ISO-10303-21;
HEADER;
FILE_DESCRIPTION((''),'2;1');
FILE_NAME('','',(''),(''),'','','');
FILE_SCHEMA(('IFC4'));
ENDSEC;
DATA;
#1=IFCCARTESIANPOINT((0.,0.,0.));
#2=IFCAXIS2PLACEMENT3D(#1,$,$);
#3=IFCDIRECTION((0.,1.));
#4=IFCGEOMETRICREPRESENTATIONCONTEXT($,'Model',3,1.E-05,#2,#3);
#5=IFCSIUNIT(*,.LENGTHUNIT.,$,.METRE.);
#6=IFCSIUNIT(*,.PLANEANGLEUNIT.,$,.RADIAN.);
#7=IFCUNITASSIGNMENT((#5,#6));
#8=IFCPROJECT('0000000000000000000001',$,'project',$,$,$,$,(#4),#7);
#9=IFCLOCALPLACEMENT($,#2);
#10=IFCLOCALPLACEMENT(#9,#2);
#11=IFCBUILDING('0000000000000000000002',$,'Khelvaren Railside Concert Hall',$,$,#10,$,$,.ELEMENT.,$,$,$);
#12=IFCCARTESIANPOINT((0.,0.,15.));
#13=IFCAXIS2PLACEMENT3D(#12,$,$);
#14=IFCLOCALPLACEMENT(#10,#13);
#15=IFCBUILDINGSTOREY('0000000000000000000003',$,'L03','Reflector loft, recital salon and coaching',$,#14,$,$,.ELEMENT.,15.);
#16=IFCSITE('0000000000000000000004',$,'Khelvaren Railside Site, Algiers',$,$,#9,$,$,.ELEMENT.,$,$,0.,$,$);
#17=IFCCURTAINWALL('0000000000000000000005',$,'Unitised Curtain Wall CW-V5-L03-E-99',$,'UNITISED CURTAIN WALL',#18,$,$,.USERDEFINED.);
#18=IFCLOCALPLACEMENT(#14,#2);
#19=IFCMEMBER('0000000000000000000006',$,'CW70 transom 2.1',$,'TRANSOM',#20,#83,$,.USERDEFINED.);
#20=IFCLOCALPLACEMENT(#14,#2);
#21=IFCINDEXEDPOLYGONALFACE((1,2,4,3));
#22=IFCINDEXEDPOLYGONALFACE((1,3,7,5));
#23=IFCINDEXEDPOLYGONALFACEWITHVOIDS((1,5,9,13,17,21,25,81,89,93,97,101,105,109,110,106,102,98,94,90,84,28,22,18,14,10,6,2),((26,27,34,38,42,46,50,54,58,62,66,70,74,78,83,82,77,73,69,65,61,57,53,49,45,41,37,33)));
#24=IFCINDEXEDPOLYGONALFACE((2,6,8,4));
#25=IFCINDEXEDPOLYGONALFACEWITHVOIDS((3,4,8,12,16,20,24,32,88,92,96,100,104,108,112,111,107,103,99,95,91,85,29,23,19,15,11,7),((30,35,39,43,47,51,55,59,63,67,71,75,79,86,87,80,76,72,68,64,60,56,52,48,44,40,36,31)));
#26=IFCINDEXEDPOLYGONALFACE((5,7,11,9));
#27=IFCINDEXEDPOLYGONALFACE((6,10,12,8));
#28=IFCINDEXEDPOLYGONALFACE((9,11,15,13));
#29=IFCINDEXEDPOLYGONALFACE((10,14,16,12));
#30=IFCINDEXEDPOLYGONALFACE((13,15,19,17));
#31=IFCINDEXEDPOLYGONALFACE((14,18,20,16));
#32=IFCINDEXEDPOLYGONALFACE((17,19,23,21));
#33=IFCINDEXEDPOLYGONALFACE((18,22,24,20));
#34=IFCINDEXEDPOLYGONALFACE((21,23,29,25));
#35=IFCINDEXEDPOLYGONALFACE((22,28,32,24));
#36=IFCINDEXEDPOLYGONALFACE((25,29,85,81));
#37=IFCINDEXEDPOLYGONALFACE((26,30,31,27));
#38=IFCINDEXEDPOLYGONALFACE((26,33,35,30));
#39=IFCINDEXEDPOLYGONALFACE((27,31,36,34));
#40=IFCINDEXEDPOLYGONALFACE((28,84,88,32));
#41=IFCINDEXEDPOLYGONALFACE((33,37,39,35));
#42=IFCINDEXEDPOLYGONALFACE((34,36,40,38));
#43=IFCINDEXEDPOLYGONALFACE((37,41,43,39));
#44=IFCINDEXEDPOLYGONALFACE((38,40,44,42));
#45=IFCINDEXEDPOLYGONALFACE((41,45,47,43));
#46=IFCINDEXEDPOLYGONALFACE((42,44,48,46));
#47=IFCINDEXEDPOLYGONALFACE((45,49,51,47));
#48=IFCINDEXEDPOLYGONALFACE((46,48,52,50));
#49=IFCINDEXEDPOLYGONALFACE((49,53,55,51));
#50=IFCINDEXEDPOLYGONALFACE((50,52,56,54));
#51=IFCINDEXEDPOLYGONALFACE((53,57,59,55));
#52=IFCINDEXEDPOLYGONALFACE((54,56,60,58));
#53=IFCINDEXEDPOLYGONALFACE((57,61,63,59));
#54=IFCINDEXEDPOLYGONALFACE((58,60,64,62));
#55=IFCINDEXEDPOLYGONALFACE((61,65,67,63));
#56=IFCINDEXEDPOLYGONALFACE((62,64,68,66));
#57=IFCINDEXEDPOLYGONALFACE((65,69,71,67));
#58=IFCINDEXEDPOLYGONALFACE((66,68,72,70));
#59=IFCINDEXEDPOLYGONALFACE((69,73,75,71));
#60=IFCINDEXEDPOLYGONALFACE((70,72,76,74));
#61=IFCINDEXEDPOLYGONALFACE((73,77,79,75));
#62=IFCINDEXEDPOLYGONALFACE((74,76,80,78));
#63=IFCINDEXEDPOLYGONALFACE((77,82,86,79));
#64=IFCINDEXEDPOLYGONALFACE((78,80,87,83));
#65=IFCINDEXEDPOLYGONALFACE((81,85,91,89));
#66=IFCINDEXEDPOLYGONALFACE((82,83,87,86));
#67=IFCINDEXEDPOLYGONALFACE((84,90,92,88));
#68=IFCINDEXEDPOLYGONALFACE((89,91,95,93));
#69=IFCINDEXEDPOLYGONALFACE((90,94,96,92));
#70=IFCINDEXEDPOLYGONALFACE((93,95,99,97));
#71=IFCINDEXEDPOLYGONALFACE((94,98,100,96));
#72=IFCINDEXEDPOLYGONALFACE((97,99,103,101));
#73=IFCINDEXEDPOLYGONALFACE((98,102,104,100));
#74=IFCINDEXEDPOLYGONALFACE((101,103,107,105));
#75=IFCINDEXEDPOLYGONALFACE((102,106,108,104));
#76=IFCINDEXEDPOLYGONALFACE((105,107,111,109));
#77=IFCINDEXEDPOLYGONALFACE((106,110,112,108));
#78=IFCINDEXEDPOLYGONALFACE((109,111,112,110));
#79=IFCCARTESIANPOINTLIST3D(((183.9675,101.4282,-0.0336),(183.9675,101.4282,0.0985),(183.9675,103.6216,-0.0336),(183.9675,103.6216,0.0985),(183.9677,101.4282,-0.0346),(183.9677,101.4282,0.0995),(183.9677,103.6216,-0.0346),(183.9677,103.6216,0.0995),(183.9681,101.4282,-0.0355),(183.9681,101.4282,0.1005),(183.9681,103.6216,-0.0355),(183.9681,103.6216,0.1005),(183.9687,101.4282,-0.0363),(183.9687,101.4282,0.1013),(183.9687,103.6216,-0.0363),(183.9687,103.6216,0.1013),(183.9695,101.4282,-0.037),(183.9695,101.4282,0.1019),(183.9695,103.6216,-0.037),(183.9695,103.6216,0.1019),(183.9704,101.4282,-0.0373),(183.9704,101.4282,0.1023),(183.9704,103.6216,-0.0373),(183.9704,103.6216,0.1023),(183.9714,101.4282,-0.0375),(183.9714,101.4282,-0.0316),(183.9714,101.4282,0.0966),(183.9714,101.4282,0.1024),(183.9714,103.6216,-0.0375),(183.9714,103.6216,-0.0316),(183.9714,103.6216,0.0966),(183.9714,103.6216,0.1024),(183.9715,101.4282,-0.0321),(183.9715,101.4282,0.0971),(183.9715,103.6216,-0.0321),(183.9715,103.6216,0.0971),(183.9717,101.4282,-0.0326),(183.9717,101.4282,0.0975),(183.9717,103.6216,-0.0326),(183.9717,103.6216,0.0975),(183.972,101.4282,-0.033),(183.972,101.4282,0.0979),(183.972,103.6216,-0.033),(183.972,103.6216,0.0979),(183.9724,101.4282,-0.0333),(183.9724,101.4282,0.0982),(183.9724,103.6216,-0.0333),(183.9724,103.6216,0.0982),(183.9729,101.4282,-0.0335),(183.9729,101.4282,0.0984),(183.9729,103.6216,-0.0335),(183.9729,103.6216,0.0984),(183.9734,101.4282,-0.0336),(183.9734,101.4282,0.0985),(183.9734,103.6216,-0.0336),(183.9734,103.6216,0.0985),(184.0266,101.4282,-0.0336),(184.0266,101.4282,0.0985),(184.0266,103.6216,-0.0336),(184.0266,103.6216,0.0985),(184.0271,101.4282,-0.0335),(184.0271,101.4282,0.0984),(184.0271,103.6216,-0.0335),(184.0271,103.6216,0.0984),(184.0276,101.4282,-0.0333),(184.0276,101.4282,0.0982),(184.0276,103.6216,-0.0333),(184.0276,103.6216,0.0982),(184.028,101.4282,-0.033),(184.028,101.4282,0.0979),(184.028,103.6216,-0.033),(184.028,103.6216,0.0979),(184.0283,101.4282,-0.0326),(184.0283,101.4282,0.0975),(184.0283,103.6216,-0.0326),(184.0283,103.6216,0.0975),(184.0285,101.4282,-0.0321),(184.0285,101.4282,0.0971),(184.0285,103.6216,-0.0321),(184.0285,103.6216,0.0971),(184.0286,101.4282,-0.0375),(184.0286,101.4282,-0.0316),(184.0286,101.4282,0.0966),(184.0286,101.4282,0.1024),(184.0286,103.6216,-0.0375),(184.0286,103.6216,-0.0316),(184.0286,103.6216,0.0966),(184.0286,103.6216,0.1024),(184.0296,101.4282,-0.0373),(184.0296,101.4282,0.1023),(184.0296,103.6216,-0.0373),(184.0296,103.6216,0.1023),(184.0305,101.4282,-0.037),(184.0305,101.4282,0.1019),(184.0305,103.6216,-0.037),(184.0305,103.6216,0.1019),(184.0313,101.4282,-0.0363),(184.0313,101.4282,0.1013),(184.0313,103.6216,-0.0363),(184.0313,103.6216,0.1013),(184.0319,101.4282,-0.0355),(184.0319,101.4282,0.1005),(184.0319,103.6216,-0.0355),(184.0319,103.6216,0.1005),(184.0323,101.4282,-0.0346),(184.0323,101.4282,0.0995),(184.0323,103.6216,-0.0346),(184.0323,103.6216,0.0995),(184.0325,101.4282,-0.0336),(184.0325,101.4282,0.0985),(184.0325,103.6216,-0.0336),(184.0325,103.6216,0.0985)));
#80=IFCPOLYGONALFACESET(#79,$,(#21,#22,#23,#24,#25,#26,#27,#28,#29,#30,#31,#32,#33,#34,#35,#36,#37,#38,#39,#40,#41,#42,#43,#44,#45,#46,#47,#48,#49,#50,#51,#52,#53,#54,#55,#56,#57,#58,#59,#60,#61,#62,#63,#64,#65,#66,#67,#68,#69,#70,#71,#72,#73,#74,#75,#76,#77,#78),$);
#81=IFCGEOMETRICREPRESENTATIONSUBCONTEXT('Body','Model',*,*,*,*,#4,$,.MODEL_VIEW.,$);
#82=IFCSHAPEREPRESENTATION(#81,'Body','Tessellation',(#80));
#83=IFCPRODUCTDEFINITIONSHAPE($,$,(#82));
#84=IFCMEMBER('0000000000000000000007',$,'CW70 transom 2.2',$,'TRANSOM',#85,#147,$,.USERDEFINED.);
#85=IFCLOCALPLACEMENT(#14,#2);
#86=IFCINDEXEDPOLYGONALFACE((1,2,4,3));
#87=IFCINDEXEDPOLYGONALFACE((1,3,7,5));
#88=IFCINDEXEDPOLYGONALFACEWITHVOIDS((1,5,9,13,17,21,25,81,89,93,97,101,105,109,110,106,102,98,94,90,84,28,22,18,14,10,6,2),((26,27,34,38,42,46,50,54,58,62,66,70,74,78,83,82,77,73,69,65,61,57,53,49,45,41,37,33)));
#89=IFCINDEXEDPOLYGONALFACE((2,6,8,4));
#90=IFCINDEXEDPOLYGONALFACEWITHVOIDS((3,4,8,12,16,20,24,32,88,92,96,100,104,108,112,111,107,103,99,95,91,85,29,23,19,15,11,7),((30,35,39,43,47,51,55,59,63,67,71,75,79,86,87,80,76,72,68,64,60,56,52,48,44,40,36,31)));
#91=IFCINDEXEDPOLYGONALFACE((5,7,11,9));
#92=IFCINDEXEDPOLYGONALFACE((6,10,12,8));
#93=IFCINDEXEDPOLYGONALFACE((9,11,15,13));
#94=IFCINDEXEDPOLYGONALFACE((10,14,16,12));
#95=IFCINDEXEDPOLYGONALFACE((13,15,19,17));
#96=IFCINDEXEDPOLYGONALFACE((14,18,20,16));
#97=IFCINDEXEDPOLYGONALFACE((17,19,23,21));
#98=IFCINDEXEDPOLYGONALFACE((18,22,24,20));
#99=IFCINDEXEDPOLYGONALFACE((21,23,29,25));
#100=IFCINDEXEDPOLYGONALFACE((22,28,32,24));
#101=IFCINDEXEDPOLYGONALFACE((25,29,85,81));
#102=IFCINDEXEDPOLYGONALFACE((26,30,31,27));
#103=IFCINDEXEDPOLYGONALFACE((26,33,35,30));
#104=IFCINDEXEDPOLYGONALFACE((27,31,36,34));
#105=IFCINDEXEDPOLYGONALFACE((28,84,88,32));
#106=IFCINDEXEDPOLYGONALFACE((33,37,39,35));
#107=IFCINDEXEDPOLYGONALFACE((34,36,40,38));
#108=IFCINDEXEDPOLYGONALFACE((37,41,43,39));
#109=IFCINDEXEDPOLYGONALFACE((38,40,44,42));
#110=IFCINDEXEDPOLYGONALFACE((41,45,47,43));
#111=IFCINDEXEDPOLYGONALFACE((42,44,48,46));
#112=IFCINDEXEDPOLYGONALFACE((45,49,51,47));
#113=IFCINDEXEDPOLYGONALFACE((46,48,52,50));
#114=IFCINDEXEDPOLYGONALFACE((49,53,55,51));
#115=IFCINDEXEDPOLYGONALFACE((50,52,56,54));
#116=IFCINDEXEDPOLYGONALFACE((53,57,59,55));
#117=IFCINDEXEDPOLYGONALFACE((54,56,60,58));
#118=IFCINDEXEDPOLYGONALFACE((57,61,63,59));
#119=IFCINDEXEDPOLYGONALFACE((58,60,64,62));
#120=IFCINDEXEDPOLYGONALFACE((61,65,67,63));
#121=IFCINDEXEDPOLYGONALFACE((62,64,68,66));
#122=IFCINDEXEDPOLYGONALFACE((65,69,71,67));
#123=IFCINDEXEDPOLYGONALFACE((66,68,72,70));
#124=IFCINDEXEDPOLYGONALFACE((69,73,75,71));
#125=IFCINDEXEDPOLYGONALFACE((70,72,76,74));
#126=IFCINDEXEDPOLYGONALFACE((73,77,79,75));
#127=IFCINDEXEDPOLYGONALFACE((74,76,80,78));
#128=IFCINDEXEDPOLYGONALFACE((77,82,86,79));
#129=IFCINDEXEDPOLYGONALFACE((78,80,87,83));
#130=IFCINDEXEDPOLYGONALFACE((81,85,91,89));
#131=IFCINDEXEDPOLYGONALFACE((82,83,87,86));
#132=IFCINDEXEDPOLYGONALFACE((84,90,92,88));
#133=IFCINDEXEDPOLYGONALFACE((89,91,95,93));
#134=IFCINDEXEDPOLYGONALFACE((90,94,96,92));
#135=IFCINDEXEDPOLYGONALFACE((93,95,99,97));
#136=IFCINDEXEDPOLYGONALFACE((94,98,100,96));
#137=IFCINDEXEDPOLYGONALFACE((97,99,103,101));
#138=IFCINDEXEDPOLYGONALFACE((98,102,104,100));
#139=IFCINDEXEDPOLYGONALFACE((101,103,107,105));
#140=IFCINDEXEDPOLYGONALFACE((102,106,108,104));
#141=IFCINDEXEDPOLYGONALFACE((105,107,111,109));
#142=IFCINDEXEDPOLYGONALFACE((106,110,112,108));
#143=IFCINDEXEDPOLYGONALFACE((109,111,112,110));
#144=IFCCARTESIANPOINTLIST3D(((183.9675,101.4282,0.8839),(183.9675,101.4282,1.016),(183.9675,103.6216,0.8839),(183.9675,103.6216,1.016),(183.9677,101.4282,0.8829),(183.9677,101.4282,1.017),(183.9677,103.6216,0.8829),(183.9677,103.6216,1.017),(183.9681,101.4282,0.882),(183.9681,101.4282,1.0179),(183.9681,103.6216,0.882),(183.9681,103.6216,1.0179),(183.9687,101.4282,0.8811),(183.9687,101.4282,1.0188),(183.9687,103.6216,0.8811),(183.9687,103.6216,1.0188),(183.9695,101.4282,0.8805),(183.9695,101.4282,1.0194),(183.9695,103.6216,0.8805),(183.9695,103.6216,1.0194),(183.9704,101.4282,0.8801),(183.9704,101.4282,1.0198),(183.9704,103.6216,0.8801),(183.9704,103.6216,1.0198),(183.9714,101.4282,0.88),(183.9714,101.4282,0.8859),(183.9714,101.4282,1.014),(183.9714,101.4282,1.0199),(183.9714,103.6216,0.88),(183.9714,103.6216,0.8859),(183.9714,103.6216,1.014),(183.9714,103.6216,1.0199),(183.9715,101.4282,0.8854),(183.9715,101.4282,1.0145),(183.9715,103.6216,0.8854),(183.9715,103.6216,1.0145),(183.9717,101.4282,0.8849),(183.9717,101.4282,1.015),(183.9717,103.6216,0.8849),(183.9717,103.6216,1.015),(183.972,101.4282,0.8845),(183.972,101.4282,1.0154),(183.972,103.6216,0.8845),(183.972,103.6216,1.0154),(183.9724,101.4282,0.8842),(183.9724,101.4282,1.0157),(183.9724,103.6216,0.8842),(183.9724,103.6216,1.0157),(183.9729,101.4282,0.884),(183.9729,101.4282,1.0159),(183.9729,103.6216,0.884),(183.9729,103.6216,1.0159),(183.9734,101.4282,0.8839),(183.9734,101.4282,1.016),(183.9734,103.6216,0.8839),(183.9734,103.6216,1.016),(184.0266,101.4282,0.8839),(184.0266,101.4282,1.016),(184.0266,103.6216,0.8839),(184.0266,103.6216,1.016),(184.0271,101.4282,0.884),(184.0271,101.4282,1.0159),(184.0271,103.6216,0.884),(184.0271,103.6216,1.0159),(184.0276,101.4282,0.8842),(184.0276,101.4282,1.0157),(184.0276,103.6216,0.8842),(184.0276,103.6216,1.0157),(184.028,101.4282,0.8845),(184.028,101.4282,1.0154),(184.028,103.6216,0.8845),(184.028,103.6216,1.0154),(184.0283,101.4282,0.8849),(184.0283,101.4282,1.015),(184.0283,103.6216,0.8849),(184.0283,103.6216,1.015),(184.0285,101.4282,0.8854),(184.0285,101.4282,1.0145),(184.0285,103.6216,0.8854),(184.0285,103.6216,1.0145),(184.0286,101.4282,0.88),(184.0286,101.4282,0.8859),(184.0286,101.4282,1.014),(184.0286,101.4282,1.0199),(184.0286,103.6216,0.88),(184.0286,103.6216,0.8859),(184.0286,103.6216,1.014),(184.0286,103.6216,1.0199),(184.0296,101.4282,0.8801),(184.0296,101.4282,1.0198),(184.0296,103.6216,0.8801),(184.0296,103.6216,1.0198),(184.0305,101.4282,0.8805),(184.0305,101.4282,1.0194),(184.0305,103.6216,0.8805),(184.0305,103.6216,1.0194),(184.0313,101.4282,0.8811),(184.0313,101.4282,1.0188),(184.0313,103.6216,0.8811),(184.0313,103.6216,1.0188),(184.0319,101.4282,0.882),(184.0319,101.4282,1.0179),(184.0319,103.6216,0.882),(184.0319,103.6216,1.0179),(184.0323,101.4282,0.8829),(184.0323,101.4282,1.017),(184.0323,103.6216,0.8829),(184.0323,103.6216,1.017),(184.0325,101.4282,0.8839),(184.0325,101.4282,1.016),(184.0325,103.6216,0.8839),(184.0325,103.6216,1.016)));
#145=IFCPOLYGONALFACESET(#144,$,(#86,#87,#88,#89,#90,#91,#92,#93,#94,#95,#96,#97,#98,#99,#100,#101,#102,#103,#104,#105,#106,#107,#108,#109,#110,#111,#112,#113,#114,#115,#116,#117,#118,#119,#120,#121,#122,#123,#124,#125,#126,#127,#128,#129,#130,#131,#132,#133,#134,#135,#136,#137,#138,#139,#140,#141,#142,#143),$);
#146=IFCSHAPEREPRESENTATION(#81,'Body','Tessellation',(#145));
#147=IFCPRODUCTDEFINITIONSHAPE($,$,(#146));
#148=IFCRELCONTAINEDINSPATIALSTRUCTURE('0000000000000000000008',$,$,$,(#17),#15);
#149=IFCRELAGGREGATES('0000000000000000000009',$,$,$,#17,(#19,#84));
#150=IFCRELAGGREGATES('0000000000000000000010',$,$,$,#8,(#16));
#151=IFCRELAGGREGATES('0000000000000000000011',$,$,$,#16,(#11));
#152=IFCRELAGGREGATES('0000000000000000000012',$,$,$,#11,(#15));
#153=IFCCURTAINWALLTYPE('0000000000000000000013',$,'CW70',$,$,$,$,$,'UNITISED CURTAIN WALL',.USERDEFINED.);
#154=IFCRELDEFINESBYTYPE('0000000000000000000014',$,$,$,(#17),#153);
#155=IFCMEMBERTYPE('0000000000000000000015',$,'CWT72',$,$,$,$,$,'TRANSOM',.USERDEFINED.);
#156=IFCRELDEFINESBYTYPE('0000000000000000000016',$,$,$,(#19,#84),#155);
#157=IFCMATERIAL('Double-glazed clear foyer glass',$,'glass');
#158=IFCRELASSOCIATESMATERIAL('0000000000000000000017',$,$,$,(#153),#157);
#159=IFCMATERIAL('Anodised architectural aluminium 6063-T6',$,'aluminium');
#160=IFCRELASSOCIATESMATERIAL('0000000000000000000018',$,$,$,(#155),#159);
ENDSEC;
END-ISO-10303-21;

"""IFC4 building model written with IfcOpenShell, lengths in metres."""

from ifc_helpers import new_model, si_unit, direction, frame, origin, origin_2d, place, context, subcontext, project, spatial, hollow_rectangle, extrude, material, material_profile, profile_set, type_object, element, aggregate, save


model = new_model("IFC4")

# Units and contexts
model_context = context("Model", 3, precision=1e-05, world=origin(), true_north=direction((0.0, 1.0)))
body_context = subcontext(model_context, "Body", "Model", "MODEL_VIEW")
ifc_project = project(units=[si_unit("LENGTHUNIT", "METRE"), si_unit("PLANEANGLEUNIT", "RADIAN")], contexts=[model_context])

# Site, building, storey
site_placement = place(None, origin())
site = spatial("IfcSite", under=ifc_project, at=site_placement, Name="Khelvaren Railside Site, Algiers", CompositionType="ELEMENT", RefElevation=0.0)
building_placement = place(site_placement, origin())
building = spatial("IfcBuilding", under=site, at=building_placement, Name="Khelvaren Railside Concert Hall", CompositionType="ELEMENT")
storey_placement = place(building_placement, frame((0.0, 0.0, 15.0)))
storey = spatial("IfcBuildingStorey", under=building, at=storey_placement, Name="L03", Description="Reflector loft, recital salon and coaching", CompositionType="ELEMENT", Elevation=15.0)

# Curtain wall
ifc_material_1 = material(Name="Double-glazed clear foyer glass", Category="glass")
curtain_wall_type_1 = type_object("IfcCurtainWallType", Name="CW70", ElementType="UNITISED CURTAIN WALL", PredefinedType="USERDEFINED", material=ifc_material_1)
curtain_wall_1_placement = place(storey_placement, origin())
curtain_wall_1 = element("IfcCurtainWall", 1, at=curtain_wall_1_placement, inside=storey, type_object=curtain_wall_type_1, Name="Unitised Curtain Wall CW-V5-L03-E-99", ObjectType="UNITISED CURTAIN WALL", PredefinedType="USERDEFINED")
ifc_material_2 = material(Name="Anodised architectural aluminium 6063-T6", Category="aluminium")

# Members
ifc_material_profile_1 = material_profile(ifc_material_2, hollow_rectangle(XDim=0.0649, YDim=0.1399, WallThickness=0.0039, InnerFilletRadius=0.002, OuterFilletRadius=0.0039, at=origin_2d()), Name="CWT 65x140x4")
ifc_profile_set_1 = profile_set([ifc_material_profile_1], Name="Anodised architectural aluminium 6063-T6")
member_type_1 = type_object("IfcMemberType", Name="CWT72", ElementType="TRANSOM", PredefinedType="USERDEFINED", material=ifc_profile_set_1)
member_1_placement = place(storey_placement, frame((184.0, 103.6216, 0.0325), z_axis=(0.0, -1.0, 0.0), x_axis=(1.0, 0.0, 0.0)))
member_1 = element("IfcMember", 2, at=member_1_placement, type_object=member_type_1, Name="CW70 transom 2.1", ObjectType="TRANSOM", PredefinedType="USERDEFINED", context=body_context, shape_type="SweptSolid", body=[
    extrude(hollow_rectangle(XDim=0.0649, YDim=0.1399, WallThickness=0.0039, InnerFilletRadius=0.002, OuterFilletRadius=0.0039, at=origin_2d()), origin(), (0.0, 0.0, 1.0), 2.1934),
])
member_2_placement = place(storey_placement, frame((184.0, 103.6216, 0.95), z_axis=(0.0, -1.0, 0.0), x_axis=(1.0, 0.0, 0.0)))
member_2 = element("IfcMember", 3, at=member_2_placement, type_object=member_type_1, Name="CW70 transom 2.2", ObjectType="TRANSOM", PredefinedType="USERDEFINED", context=body_context, shape_type="SweptSolid", body=[
    extrude(hollow_rectangle(XDim=0.0649, YDim=0.1399, WallThickness=0.0039, InnerFilletRadius=0.002, OuterFilletRadius=0.0039, at=origin_2d()), origin(), (0.0, 0.0, 1.0), 2.1934),
])

aggregate(curtain_wall_1, [member_1, member_2])

save(model, "model.ifc")
